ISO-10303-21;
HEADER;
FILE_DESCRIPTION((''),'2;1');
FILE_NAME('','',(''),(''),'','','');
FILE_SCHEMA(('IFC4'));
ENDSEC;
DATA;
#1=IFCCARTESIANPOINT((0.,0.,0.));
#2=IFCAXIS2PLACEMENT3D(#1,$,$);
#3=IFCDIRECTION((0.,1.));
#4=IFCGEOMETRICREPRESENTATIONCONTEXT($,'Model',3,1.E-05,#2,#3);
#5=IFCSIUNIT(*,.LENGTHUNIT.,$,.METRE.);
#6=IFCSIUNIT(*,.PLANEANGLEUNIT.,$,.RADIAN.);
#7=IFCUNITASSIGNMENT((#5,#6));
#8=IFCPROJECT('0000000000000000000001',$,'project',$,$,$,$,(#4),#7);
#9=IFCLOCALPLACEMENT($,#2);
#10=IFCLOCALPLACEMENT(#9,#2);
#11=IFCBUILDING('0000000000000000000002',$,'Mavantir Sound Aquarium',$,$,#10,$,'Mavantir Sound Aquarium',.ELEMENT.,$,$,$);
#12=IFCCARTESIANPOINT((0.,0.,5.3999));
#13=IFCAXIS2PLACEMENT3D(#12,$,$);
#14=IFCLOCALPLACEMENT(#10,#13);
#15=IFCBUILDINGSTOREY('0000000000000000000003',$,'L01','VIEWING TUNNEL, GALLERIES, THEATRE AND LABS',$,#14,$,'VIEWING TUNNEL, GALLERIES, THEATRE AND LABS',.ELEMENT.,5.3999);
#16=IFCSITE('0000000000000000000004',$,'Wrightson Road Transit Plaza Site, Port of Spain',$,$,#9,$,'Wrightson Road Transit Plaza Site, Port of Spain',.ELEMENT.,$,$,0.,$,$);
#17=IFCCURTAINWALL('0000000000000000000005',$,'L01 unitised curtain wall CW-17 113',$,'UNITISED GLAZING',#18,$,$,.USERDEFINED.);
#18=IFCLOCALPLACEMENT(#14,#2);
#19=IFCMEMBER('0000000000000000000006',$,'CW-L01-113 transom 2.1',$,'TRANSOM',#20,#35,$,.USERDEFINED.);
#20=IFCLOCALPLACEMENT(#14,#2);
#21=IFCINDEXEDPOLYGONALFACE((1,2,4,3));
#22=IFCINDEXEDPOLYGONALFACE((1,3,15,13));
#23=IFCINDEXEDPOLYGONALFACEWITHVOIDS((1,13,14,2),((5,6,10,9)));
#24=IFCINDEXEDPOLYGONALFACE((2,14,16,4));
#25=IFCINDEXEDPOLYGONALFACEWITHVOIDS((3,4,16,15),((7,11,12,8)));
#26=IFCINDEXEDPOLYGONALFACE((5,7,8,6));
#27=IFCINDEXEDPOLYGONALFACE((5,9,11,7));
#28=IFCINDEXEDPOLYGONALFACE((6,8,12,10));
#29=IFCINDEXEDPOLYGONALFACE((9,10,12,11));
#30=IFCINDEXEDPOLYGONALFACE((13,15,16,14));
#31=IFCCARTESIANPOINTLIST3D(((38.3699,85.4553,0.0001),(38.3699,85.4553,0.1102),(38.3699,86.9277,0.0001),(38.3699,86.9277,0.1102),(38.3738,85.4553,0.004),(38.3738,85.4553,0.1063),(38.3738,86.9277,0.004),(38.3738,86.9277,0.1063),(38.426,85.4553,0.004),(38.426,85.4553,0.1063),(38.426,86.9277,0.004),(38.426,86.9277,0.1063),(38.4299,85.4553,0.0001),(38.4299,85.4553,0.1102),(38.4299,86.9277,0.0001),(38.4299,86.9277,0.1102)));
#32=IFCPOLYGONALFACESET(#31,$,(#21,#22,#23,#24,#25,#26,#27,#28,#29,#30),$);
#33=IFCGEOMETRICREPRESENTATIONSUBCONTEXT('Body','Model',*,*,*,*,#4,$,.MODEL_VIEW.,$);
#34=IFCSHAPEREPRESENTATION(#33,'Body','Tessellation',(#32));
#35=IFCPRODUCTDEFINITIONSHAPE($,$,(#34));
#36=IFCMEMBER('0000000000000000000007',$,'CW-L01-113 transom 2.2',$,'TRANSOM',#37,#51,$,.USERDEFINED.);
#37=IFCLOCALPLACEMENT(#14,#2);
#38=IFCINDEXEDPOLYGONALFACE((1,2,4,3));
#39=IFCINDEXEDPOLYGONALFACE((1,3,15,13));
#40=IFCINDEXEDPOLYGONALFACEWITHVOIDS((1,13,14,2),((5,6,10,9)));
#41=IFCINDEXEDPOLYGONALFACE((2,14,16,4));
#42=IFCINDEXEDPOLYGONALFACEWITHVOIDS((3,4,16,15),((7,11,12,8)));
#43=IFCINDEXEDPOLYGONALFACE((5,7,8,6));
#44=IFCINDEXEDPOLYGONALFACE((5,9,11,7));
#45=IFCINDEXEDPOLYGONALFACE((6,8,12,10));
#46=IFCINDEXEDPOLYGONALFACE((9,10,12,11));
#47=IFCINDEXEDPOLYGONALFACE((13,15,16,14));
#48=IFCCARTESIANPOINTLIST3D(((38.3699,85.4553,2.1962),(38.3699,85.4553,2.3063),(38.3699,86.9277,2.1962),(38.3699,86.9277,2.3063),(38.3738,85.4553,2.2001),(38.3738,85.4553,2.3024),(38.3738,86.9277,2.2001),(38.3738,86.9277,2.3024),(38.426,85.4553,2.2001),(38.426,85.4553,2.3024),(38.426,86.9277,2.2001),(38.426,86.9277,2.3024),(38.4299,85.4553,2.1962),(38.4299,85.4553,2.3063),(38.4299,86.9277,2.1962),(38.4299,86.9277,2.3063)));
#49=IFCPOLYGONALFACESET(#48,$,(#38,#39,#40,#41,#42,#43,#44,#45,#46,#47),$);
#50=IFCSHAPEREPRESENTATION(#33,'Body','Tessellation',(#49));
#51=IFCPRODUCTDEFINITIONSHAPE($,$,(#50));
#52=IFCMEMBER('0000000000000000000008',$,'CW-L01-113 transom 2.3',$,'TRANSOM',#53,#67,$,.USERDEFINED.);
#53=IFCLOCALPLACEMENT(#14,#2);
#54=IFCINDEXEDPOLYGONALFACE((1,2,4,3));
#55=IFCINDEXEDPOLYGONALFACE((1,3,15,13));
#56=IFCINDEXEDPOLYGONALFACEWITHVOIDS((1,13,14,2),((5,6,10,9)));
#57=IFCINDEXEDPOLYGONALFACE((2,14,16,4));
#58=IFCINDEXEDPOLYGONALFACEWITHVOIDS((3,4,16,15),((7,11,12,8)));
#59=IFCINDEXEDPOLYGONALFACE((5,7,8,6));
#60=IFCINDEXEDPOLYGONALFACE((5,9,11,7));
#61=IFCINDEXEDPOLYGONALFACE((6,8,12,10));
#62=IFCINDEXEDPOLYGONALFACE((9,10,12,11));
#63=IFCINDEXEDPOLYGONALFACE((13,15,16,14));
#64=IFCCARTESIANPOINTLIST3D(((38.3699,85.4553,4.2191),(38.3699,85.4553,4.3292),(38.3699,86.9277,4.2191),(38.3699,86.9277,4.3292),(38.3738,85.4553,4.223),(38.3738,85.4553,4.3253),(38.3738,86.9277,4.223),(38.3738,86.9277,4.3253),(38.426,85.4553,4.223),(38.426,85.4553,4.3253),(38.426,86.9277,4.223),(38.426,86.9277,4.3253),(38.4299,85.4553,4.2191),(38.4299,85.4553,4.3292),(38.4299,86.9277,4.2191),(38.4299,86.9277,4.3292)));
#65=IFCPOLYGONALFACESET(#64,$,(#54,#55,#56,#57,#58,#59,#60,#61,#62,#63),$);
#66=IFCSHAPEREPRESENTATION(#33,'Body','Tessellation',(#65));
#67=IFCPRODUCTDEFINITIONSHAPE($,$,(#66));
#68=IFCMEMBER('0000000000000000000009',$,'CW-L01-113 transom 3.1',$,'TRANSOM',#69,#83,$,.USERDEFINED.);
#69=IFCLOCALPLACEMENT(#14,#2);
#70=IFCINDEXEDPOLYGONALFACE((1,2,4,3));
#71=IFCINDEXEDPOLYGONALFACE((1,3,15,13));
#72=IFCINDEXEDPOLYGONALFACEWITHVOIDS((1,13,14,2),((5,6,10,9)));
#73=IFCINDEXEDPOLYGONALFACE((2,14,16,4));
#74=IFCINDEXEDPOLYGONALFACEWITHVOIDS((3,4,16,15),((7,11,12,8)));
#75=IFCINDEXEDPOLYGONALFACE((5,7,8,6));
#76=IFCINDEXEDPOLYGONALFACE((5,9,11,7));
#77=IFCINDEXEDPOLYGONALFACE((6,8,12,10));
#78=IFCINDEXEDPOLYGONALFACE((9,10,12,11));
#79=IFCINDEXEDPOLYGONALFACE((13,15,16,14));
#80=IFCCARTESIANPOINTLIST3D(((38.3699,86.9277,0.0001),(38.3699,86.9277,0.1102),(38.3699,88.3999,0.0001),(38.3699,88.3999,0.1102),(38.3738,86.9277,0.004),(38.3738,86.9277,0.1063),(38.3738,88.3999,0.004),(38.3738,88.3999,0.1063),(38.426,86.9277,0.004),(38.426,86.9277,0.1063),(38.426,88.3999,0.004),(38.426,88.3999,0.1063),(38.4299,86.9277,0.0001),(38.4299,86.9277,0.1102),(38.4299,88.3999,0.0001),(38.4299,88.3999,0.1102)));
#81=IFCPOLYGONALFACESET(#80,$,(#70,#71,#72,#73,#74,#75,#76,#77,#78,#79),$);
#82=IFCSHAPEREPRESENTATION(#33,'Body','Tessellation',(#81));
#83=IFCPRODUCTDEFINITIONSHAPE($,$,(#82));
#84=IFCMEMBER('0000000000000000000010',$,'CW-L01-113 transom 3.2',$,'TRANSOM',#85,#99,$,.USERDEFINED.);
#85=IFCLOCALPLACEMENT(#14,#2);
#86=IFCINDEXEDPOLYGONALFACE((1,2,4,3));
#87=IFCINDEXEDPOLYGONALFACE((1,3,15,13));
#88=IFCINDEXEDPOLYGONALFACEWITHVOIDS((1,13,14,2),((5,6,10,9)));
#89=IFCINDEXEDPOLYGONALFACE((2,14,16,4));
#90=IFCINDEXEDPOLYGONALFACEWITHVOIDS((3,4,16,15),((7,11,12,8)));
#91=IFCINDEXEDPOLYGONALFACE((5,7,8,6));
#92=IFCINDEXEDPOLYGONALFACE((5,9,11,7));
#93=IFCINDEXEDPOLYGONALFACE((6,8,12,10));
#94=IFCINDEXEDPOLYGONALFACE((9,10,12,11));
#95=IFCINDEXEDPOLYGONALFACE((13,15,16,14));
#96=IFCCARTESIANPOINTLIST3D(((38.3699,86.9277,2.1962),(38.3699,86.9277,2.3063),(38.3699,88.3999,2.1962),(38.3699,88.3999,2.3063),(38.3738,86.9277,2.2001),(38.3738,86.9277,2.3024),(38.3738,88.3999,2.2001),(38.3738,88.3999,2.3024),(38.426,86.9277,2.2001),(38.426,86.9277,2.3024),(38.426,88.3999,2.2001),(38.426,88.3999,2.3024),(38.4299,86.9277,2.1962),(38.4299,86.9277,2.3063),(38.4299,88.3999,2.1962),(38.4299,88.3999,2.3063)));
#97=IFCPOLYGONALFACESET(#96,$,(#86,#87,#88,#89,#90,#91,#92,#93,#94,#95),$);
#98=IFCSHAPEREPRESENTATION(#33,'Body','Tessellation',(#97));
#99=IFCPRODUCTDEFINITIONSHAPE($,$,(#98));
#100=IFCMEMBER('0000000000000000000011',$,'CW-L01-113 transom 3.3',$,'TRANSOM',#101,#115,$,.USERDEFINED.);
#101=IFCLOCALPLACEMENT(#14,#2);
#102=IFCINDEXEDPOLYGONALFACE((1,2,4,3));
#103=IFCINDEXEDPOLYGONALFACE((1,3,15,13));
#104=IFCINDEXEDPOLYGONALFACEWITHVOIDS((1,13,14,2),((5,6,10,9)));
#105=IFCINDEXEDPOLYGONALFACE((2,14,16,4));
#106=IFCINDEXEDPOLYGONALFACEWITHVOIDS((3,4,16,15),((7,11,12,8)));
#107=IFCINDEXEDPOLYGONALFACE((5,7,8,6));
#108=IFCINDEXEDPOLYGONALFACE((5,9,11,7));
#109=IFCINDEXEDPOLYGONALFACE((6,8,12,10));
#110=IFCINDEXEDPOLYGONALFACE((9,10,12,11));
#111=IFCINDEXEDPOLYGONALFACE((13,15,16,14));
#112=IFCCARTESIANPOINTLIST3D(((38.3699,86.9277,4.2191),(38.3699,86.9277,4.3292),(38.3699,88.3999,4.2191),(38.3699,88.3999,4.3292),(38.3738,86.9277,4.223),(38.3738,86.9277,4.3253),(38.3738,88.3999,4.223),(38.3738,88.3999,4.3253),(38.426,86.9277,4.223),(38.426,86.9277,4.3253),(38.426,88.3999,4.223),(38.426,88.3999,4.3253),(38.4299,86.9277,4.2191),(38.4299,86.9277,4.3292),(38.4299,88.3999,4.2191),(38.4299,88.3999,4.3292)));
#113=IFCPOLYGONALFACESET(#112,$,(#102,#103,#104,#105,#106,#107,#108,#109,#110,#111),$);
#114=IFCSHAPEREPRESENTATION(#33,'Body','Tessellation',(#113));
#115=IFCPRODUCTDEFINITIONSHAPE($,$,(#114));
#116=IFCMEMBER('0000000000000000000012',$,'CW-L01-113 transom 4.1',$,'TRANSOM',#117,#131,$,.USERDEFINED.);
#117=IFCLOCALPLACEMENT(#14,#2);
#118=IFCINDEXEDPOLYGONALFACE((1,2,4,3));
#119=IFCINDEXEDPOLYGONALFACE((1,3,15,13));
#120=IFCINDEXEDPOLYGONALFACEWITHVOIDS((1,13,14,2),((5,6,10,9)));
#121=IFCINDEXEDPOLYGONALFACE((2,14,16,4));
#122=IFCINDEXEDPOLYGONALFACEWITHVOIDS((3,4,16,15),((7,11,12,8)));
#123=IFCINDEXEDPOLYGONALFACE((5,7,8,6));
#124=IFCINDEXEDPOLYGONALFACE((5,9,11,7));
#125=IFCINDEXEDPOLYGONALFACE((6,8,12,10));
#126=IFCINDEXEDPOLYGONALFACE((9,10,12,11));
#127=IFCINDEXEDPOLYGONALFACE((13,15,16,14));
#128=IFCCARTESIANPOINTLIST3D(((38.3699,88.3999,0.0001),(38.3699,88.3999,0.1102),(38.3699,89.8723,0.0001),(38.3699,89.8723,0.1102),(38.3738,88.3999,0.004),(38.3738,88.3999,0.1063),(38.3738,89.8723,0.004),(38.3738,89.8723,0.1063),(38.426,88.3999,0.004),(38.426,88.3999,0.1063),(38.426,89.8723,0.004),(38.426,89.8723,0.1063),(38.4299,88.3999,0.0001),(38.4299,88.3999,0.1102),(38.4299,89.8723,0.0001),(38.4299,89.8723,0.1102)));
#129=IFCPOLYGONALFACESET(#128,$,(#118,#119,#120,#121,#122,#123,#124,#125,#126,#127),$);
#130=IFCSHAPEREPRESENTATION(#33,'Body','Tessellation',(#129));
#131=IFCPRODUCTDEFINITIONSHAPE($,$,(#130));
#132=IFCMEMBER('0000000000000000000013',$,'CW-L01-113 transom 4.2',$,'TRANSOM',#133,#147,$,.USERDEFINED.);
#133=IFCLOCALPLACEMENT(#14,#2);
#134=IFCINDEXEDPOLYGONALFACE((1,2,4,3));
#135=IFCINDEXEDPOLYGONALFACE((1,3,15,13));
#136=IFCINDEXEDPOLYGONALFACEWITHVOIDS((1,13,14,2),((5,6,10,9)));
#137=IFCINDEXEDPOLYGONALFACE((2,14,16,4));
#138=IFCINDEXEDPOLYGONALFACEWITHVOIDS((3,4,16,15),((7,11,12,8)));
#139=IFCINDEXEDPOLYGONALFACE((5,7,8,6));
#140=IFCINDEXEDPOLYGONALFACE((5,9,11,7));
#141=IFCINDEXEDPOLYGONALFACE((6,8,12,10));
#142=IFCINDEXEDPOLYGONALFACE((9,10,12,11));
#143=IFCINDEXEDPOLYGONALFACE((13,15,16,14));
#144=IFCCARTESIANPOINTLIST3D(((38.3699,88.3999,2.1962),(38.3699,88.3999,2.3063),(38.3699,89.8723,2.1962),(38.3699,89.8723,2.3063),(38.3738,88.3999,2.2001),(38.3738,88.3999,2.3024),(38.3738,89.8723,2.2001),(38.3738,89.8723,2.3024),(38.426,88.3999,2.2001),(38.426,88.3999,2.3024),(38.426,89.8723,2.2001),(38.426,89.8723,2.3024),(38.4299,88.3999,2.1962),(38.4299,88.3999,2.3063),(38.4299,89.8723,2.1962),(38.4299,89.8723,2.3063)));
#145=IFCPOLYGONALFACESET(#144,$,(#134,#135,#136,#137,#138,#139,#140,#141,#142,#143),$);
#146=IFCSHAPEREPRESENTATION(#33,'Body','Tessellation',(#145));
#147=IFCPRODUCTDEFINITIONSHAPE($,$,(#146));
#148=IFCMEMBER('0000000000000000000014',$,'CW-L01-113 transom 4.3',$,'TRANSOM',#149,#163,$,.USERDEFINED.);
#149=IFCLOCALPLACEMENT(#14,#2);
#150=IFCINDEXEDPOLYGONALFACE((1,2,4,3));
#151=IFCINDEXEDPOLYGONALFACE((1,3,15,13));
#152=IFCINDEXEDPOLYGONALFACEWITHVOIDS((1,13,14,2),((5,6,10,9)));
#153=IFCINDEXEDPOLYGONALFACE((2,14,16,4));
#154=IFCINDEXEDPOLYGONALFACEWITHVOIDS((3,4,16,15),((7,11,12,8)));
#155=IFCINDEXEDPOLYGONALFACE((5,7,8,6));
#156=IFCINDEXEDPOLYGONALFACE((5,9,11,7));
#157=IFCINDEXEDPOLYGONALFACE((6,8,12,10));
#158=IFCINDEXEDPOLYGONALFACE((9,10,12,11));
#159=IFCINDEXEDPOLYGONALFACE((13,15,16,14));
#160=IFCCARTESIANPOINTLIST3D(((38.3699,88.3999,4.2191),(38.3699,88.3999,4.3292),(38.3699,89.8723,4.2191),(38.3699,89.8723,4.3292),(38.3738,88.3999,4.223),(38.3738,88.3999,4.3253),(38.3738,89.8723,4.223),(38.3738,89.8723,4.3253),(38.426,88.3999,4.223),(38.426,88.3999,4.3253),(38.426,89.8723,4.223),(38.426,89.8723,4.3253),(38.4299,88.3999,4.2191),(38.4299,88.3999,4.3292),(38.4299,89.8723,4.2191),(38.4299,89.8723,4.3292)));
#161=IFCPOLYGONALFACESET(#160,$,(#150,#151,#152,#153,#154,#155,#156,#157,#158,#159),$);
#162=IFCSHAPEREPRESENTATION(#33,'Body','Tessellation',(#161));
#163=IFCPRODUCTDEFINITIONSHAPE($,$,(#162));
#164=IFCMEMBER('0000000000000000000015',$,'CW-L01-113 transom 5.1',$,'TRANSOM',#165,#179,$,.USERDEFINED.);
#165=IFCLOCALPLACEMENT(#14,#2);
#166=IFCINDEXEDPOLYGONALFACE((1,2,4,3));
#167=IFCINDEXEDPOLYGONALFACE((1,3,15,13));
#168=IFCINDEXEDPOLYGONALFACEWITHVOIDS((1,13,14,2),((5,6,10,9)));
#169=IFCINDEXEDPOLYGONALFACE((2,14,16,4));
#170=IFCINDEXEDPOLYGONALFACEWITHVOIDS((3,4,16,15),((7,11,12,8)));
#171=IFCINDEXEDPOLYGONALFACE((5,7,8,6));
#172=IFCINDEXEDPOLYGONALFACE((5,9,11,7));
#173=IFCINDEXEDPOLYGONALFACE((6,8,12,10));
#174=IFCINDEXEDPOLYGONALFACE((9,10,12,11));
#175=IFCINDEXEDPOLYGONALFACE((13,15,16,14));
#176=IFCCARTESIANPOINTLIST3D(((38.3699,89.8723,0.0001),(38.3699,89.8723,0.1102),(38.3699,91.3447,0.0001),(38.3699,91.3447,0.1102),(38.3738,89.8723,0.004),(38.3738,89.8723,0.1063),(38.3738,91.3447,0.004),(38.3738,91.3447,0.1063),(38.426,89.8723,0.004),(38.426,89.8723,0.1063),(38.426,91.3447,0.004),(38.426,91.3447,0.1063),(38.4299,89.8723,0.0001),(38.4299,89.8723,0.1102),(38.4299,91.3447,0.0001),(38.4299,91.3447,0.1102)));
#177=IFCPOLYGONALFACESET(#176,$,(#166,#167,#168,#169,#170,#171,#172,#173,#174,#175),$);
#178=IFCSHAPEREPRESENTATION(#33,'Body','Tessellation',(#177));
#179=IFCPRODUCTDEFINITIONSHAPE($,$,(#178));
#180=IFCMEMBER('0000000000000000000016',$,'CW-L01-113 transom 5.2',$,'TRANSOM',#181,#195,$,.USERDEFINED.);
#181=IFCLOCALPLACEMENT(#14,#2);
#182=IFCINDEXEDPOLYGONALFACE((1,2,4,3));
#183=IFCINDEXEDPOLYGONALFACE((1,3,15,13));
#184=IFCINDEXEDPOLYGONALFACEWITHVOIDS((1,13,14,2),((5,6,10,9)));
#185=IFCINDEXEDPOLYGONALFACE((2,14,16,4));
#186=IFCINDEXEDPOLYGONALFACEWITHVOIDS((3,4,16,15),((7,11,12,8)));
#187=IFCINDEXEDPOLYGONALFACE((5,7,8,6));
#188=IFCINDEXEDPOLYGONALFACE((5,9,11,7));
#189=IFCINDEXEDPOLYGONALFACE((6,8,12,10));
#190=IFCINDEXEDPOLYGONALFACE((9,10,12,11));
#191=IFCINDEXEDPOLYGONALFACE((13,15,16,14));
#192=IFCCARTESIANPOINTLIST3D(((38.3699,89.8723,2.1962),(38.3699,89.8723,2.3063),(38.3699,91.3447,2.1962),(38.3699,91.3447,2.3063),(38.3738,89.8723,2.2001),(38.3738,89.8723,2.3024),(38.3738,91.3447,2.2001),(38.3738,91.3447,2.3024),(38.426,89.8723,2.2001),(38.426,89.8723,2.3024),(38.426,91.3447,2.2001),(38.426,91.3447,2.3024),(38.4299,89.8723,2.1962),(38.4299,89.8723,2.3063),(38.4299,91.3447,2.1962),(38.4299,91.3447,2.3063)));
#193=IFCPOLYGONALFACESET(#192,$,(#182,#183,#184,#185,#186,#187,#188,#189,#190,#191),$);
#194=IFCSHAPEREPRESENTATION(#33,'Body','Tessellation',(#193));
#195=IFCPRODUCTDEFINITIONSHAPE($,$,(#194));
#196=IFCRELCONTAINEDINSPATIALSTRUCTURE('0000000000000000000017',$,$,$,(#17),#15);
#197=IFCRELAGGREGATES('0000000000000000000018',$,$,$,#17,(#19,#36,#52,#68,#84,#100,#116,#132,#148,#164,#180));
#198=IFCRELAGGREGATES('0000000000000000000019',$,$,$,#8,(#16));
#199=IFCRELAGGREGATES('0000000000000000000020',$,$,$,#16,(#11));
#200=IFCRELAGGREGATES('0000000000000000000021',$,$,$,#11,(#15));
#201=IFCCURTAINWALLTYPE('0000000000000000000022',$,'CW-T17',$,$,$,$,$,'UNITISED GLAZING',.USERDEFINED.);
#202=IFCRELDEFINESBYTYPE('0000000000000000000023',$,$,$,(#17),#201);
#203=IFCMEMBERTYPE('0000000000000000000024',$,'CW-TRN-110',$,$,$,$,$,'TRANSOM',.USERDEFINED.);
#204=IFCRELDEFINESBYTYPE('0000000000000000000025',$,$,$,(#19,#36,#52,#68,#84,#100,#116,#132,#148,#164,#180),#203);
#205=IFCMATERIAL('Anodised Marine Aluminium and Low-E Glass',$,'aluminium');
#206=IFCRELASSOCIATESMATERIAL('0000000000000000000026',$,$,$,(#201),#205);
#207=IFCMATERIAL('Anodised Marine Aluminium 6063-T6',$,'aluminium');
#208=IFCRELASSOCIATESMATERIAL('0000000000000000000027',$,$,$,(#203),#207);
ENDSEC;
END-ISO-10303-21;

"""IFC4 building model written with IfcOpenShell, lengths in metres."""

from ifc_helpers import new_model, si_unit, direction, frame, origin, origin_2d, place, context, subcontext, project, spatial, hollow_rectangle, extrude, material, material_profile, profile_set, type_object, element, aggregate, save


model = new_model("IFC4")

# Units and contexts
model_context = context("Model", 3, precision=1e-05, world=origin(), true_north=direction((0.0, 1.0)))
body_context = subcontext(model_context, "Body", "Model", "MODEL_VIEW")
ifc_project = project(units=[si_unit("LENGTHUNIT", "METRE"), si_unit("PLANEANGLEUNIT", "RADIAN")], contexts=[model_context])

# Site, building, storey
site_placement = place(None, origin())
site = spatial("IfcSite", under=ifc_project, at=site_placement, Name="Wrightson Road Transit Plaza Site, Port of Spain", LongName="Wrightson Road Transit Plaza Site, Port of Spain", CompositionType="ELEMENT", RefElevation=0.0)
building_placement = place(site_placement, origin())
building = spatial("IfcBuilding", under=site, at=building_placement, Name="Mavantir Sound Aquarium", LongName="Mavantir Sound Aquarium", CompositionType="ELEMENT")
storey_placement = place(building_placement, frame((0.0, 0.0, 5.3999)))
storey = spatial("IfcBuildingStorey", under=building, at=storey_placement, Name="L01", Description="VIEWING TUNNEL, GALLERIES, THEATRE AND LABS", LongName="VIEWING TUNNEL, GALLERIES, THEATRE AND LABS", CompositionType="ELEMENT", Elevation=5.3999)

# Curtain wall, members
ifc_material_1 = material(Name="Anodised Marine Aluminium and Low-E Glass", Category="aluminium")
curtain_wall_type = type_object("IfcCurtainWallType", Name="CW-T17", ElementType="UNITISED GLAZING", PredefinedType="USERDEFINED", material=ifc_material_1)
curtain_wall_placement = place(storey_placement, origin())
curtain_wall = element("IfcCurtainWall", 1, at=curtain_wall_placement, inside=storey, type_object=curtain_wall_type, Name="L01 unitised curtain wall CW-17 113", ObjectType="UNITISED GLAZING", PredefinedType="USERDEFINED")
ifc_material_2 = material(Name="Anodised Marine Aluminium 6063-T6", Category="aluminium")
ifc_material_profile_1 = material_profile(ifc_material_2, hollow_rectangle(XDim=0.0601, YDim=0.1101, WallThickness=0.0039, at=origin_2d()), Name="ALU-TRANSOM-110X60")
ifc_profile_set_1 = profile_set([ifc_material_profile_1], Name="Anodised Marine Aluminium 6063-T6")
member_type_1 = type_object("IfcMemberType", Name="CW-TRN-110", ElementType="TRANSOM", PredefinedType="USERDEFINED", material=ifc_profile_set_1)
member_1_placement = place(storey_placement, frame((38.3999, 85.4553, 0.0552), z_axis=(0.0, 1.0, 0.0), x_axis=(-1.0, 0.0, 0.0)))
member_1 = element("IfcMember", 2, at=member_1_placement, type_object=member_type_1, Name="CW-L01-113 transom 2.1", ObjectType="TRANSOM", PredefinedType="USERDEFINED", context=body_context, shape_type="SweptSolid", body=[
    extrude(hollow_rectangle(XDim=0.0601, YDim=0.1101, WallThickness=0.0039, at=origin_2d()), origin(), (0.0, 0.0, 1.0), 1.4724),
])
member_2_placement = place(storey_placement, frame((38.3999, 85.4553, 2.2512), z_axis=(0.0, 1.0, 0.0), x_axis=(-1.0, 0.0, 0.0)))
member_2 = element("IfcMember", 3, at=member_2_placement, type_object=member_type_1, Name="CW-L01-113 transom 2.2", ObjectType="TRANSOM", PredefinedType="USERDEFINED", context=body_context, shape_type="SweptSolid", body=[
    extrude(hollow_rectangle(XDim=0.0601, YDim=0.1101, WallThickness=0.0039, at=origin_2d()), origin(), (0.0, 0.0, 1.0), 1.4724),
])
member_3_placement = place(storey_placement, frame((38.3999, 85.4553, 4.2742), z_axis=(0.0, 1.0, 0.0), x_axis=(-1.0, 0.0, 0.0)))
member_3 = element("IfcMember", 4, at=member_3_placement, type_object=member_type_1, Name="CW-L01-113 transom 2.3", ObjectType="TRANSOM", PredefinedType="USERDEFINED", context=body_context, shape_type="SweptSolid", body=[
    extrude(hollow_rectangle(XDim=0.0601, YDim=0.1101, WallThickness=0.0039, at=origin_2d()), origin(), (0.0, 0.0, 1.0), 1.4724),
])
member_4_placement = place(storey_placement, frame((38.3999, 86.9277, 0.0552), z_axis=(0.0, 1.0, 0.0), x_axis=(-1.0, 0.0, 0.0)))
member_4 = element("IfcMember", 5, at=member_4_placement, type_object=member_type_1, Name="CW-L01-113 transom 3.1", ObjectType="TRANSOM", PredefinedType="USERDEFINED", context=body_context, shape_type="SweptSolid", body=[
    extrude(hollow_rectangle(XDim=0.0601, YDim=0.1101, WallThickness=0.0039, at=origin_2d()), origin(), (0.0, 0.0, 1.0), 1.4722),
])
member_5_placement = place(storey_placement, frame((38.3999, 86.9277, 2.2512), z_axis=(0.0, 1.0, 0.0), x_axis=(-1.0, 0.0, 0.0)))
member_5 = element("IfcMember", 6, at=member_5_placement, type_object=member_type_1, Name="CW-L01-113 transom 3.2", ObjectType="TRANSOM", PredefinedType="USERDEFINED", context=body_context, shape_type="SweptSolid", body=[
    extrude(hollow_rectangle(XDim=0.0601, YDim=0.1101, WallThickness=0.0039, at=origin_2d()), origin(), (0.0, 0.0, 1.0), 1.4722),
])
member_6_placement = place(storey_placement, frame((38.3999, 86.9277, 4.2742), z_axis=(0.0, 1.0, 0.0), x_axis=(-1.0, 0.0, 0.0)))
member_6 = element("IfcMember", 7, at=member_6_placement, type_object=member_type_1, Name="CW-L01-113 transom 3.3", ObjectType="TRANSOM", PredefinedType="USERDEFINED", context=body_context, shape_type="SweptSolid", body=[
    extrude(hollow_rectangle(XDim=0.0601, YDim=0.1101, WallThickness=0.0039, at=origin_2d()), origin(), (0.0, 0.0, 1.0), 1.4722),
])
member_7_placement = place(storey_placement, frame((38.3999, 88.3999, 0.0552), z_axis=(0.0, 1.0, 0.0), x_axis=(-1.0, 0.0, 0.0)))
member_7 = element("IfcMember", 8, at=member_7_placement, type_object=member_type_1, Name="CW-L01-113 transom 4.1", ObjectType="TRANSOM", PredefinedType="USERDEFINED", context=body_context, shape_type="SweptSolid", body=[
    extrude(hollow_rectangle(XDim=0.0601, YDim=0.1101, WallThickness=0.0039, at=origin_2d()), origin(), (0.0, 0.0, 1.0), 1.4724),
])
member_8_placement = place(storey_placement, frame((38.3999, 88.3999, 2.2512), z_axis=(0.0, 1.0, 0.0), x_axis=(-1.0, 0.0, 0.0)))
member_8 = element("IfcMember", 9, at=member_8_placement, type_object=member_type_1, Name="CW-L01-113 transom 4.2", ObjectType="TRANSOM", PredefinedType="USERDEFINED", context=body_context, shape_type="SweptSolid", body=[
    extrude(hollow_rectangle(XDim=0.0601, YDim=0.1101, WallThickness=0.0039, at=origin_2d()), origin(), (0.0, 0.0, 1.0), 1.4724),
])
member_9_placement = place(storey_placement, frame((38.3999, 88.3999, 4.2742), z_axis=(0.0, 1.0, 0.0), x_axis=(-1.0, 0.0, 0.0)))
member_9 = element("IfcMember", 10, at=member_9_placement, type_object=member_type_1, Name="CW-L01-113 transom 4.3", ObjectType="TRANSOM", PredefinedType="USERDEFINED", context=body_context, shape_type="SweptSolid", body=[
    extrude(hollow_rectangle(XDim=0.0601, YDim=0.1101, WallThickness=0.0039, at=origin_2d()), origin(), (0.0, 0.0, 1.0), 1.4724),
])
member_10_placement = place(storey_placement, frame((38.3999, 89.8723, 0.0552), z_axis=(0.0, 1.0, 0.0), x_axis=(-1.0, 0.0, 0.0)))
member_10 = element("IfcMember", 11, at=member_10_placement, type_object=member_type_1, Name="CW-L01-113 transom 5.1", ObjectType="TRANSOM", PredefinedType="USERDEFINED", context=body_context, shape_type="SweptSolid", body=[
    extrude(hollow_rectangle(XDim=0.0601, YDim=0.1101, WallThickness=0.0039, at=origin_2d()), origin(), (0.0, 0.0, 1.0), 1.4724),
])
member_11_placement = place(storey_placement, frame((38.3999, 89.8723, 2.2512), z_axis=(0.0, 1.0, 0.0), x_axis=(-1.0, 0.0, 0.0)))
member_11 = element("IfcMember", 12, at=member_11_placement, type_object=member_type_1, Name="CW-L01-113 transom 5.2", ObjectType="TRANSOM", PredefinedType="USERDEFINED", context=body_context, shape_type="SweptSolid", body=[
    extrude(hollow_rectangle(XDim=0.0601, YDim=0.1101, WallThickness=0.0039, at=origin_2d()), origin(), (0.0, 0.0, 1.0), 1.4724),
])
aggregate(curtain_wall, [member_1, member_2, member_3, member_4, member_5, member_6, member_7, member_8, member_9, member_10, member_11])

save(model, "model.ifc")
